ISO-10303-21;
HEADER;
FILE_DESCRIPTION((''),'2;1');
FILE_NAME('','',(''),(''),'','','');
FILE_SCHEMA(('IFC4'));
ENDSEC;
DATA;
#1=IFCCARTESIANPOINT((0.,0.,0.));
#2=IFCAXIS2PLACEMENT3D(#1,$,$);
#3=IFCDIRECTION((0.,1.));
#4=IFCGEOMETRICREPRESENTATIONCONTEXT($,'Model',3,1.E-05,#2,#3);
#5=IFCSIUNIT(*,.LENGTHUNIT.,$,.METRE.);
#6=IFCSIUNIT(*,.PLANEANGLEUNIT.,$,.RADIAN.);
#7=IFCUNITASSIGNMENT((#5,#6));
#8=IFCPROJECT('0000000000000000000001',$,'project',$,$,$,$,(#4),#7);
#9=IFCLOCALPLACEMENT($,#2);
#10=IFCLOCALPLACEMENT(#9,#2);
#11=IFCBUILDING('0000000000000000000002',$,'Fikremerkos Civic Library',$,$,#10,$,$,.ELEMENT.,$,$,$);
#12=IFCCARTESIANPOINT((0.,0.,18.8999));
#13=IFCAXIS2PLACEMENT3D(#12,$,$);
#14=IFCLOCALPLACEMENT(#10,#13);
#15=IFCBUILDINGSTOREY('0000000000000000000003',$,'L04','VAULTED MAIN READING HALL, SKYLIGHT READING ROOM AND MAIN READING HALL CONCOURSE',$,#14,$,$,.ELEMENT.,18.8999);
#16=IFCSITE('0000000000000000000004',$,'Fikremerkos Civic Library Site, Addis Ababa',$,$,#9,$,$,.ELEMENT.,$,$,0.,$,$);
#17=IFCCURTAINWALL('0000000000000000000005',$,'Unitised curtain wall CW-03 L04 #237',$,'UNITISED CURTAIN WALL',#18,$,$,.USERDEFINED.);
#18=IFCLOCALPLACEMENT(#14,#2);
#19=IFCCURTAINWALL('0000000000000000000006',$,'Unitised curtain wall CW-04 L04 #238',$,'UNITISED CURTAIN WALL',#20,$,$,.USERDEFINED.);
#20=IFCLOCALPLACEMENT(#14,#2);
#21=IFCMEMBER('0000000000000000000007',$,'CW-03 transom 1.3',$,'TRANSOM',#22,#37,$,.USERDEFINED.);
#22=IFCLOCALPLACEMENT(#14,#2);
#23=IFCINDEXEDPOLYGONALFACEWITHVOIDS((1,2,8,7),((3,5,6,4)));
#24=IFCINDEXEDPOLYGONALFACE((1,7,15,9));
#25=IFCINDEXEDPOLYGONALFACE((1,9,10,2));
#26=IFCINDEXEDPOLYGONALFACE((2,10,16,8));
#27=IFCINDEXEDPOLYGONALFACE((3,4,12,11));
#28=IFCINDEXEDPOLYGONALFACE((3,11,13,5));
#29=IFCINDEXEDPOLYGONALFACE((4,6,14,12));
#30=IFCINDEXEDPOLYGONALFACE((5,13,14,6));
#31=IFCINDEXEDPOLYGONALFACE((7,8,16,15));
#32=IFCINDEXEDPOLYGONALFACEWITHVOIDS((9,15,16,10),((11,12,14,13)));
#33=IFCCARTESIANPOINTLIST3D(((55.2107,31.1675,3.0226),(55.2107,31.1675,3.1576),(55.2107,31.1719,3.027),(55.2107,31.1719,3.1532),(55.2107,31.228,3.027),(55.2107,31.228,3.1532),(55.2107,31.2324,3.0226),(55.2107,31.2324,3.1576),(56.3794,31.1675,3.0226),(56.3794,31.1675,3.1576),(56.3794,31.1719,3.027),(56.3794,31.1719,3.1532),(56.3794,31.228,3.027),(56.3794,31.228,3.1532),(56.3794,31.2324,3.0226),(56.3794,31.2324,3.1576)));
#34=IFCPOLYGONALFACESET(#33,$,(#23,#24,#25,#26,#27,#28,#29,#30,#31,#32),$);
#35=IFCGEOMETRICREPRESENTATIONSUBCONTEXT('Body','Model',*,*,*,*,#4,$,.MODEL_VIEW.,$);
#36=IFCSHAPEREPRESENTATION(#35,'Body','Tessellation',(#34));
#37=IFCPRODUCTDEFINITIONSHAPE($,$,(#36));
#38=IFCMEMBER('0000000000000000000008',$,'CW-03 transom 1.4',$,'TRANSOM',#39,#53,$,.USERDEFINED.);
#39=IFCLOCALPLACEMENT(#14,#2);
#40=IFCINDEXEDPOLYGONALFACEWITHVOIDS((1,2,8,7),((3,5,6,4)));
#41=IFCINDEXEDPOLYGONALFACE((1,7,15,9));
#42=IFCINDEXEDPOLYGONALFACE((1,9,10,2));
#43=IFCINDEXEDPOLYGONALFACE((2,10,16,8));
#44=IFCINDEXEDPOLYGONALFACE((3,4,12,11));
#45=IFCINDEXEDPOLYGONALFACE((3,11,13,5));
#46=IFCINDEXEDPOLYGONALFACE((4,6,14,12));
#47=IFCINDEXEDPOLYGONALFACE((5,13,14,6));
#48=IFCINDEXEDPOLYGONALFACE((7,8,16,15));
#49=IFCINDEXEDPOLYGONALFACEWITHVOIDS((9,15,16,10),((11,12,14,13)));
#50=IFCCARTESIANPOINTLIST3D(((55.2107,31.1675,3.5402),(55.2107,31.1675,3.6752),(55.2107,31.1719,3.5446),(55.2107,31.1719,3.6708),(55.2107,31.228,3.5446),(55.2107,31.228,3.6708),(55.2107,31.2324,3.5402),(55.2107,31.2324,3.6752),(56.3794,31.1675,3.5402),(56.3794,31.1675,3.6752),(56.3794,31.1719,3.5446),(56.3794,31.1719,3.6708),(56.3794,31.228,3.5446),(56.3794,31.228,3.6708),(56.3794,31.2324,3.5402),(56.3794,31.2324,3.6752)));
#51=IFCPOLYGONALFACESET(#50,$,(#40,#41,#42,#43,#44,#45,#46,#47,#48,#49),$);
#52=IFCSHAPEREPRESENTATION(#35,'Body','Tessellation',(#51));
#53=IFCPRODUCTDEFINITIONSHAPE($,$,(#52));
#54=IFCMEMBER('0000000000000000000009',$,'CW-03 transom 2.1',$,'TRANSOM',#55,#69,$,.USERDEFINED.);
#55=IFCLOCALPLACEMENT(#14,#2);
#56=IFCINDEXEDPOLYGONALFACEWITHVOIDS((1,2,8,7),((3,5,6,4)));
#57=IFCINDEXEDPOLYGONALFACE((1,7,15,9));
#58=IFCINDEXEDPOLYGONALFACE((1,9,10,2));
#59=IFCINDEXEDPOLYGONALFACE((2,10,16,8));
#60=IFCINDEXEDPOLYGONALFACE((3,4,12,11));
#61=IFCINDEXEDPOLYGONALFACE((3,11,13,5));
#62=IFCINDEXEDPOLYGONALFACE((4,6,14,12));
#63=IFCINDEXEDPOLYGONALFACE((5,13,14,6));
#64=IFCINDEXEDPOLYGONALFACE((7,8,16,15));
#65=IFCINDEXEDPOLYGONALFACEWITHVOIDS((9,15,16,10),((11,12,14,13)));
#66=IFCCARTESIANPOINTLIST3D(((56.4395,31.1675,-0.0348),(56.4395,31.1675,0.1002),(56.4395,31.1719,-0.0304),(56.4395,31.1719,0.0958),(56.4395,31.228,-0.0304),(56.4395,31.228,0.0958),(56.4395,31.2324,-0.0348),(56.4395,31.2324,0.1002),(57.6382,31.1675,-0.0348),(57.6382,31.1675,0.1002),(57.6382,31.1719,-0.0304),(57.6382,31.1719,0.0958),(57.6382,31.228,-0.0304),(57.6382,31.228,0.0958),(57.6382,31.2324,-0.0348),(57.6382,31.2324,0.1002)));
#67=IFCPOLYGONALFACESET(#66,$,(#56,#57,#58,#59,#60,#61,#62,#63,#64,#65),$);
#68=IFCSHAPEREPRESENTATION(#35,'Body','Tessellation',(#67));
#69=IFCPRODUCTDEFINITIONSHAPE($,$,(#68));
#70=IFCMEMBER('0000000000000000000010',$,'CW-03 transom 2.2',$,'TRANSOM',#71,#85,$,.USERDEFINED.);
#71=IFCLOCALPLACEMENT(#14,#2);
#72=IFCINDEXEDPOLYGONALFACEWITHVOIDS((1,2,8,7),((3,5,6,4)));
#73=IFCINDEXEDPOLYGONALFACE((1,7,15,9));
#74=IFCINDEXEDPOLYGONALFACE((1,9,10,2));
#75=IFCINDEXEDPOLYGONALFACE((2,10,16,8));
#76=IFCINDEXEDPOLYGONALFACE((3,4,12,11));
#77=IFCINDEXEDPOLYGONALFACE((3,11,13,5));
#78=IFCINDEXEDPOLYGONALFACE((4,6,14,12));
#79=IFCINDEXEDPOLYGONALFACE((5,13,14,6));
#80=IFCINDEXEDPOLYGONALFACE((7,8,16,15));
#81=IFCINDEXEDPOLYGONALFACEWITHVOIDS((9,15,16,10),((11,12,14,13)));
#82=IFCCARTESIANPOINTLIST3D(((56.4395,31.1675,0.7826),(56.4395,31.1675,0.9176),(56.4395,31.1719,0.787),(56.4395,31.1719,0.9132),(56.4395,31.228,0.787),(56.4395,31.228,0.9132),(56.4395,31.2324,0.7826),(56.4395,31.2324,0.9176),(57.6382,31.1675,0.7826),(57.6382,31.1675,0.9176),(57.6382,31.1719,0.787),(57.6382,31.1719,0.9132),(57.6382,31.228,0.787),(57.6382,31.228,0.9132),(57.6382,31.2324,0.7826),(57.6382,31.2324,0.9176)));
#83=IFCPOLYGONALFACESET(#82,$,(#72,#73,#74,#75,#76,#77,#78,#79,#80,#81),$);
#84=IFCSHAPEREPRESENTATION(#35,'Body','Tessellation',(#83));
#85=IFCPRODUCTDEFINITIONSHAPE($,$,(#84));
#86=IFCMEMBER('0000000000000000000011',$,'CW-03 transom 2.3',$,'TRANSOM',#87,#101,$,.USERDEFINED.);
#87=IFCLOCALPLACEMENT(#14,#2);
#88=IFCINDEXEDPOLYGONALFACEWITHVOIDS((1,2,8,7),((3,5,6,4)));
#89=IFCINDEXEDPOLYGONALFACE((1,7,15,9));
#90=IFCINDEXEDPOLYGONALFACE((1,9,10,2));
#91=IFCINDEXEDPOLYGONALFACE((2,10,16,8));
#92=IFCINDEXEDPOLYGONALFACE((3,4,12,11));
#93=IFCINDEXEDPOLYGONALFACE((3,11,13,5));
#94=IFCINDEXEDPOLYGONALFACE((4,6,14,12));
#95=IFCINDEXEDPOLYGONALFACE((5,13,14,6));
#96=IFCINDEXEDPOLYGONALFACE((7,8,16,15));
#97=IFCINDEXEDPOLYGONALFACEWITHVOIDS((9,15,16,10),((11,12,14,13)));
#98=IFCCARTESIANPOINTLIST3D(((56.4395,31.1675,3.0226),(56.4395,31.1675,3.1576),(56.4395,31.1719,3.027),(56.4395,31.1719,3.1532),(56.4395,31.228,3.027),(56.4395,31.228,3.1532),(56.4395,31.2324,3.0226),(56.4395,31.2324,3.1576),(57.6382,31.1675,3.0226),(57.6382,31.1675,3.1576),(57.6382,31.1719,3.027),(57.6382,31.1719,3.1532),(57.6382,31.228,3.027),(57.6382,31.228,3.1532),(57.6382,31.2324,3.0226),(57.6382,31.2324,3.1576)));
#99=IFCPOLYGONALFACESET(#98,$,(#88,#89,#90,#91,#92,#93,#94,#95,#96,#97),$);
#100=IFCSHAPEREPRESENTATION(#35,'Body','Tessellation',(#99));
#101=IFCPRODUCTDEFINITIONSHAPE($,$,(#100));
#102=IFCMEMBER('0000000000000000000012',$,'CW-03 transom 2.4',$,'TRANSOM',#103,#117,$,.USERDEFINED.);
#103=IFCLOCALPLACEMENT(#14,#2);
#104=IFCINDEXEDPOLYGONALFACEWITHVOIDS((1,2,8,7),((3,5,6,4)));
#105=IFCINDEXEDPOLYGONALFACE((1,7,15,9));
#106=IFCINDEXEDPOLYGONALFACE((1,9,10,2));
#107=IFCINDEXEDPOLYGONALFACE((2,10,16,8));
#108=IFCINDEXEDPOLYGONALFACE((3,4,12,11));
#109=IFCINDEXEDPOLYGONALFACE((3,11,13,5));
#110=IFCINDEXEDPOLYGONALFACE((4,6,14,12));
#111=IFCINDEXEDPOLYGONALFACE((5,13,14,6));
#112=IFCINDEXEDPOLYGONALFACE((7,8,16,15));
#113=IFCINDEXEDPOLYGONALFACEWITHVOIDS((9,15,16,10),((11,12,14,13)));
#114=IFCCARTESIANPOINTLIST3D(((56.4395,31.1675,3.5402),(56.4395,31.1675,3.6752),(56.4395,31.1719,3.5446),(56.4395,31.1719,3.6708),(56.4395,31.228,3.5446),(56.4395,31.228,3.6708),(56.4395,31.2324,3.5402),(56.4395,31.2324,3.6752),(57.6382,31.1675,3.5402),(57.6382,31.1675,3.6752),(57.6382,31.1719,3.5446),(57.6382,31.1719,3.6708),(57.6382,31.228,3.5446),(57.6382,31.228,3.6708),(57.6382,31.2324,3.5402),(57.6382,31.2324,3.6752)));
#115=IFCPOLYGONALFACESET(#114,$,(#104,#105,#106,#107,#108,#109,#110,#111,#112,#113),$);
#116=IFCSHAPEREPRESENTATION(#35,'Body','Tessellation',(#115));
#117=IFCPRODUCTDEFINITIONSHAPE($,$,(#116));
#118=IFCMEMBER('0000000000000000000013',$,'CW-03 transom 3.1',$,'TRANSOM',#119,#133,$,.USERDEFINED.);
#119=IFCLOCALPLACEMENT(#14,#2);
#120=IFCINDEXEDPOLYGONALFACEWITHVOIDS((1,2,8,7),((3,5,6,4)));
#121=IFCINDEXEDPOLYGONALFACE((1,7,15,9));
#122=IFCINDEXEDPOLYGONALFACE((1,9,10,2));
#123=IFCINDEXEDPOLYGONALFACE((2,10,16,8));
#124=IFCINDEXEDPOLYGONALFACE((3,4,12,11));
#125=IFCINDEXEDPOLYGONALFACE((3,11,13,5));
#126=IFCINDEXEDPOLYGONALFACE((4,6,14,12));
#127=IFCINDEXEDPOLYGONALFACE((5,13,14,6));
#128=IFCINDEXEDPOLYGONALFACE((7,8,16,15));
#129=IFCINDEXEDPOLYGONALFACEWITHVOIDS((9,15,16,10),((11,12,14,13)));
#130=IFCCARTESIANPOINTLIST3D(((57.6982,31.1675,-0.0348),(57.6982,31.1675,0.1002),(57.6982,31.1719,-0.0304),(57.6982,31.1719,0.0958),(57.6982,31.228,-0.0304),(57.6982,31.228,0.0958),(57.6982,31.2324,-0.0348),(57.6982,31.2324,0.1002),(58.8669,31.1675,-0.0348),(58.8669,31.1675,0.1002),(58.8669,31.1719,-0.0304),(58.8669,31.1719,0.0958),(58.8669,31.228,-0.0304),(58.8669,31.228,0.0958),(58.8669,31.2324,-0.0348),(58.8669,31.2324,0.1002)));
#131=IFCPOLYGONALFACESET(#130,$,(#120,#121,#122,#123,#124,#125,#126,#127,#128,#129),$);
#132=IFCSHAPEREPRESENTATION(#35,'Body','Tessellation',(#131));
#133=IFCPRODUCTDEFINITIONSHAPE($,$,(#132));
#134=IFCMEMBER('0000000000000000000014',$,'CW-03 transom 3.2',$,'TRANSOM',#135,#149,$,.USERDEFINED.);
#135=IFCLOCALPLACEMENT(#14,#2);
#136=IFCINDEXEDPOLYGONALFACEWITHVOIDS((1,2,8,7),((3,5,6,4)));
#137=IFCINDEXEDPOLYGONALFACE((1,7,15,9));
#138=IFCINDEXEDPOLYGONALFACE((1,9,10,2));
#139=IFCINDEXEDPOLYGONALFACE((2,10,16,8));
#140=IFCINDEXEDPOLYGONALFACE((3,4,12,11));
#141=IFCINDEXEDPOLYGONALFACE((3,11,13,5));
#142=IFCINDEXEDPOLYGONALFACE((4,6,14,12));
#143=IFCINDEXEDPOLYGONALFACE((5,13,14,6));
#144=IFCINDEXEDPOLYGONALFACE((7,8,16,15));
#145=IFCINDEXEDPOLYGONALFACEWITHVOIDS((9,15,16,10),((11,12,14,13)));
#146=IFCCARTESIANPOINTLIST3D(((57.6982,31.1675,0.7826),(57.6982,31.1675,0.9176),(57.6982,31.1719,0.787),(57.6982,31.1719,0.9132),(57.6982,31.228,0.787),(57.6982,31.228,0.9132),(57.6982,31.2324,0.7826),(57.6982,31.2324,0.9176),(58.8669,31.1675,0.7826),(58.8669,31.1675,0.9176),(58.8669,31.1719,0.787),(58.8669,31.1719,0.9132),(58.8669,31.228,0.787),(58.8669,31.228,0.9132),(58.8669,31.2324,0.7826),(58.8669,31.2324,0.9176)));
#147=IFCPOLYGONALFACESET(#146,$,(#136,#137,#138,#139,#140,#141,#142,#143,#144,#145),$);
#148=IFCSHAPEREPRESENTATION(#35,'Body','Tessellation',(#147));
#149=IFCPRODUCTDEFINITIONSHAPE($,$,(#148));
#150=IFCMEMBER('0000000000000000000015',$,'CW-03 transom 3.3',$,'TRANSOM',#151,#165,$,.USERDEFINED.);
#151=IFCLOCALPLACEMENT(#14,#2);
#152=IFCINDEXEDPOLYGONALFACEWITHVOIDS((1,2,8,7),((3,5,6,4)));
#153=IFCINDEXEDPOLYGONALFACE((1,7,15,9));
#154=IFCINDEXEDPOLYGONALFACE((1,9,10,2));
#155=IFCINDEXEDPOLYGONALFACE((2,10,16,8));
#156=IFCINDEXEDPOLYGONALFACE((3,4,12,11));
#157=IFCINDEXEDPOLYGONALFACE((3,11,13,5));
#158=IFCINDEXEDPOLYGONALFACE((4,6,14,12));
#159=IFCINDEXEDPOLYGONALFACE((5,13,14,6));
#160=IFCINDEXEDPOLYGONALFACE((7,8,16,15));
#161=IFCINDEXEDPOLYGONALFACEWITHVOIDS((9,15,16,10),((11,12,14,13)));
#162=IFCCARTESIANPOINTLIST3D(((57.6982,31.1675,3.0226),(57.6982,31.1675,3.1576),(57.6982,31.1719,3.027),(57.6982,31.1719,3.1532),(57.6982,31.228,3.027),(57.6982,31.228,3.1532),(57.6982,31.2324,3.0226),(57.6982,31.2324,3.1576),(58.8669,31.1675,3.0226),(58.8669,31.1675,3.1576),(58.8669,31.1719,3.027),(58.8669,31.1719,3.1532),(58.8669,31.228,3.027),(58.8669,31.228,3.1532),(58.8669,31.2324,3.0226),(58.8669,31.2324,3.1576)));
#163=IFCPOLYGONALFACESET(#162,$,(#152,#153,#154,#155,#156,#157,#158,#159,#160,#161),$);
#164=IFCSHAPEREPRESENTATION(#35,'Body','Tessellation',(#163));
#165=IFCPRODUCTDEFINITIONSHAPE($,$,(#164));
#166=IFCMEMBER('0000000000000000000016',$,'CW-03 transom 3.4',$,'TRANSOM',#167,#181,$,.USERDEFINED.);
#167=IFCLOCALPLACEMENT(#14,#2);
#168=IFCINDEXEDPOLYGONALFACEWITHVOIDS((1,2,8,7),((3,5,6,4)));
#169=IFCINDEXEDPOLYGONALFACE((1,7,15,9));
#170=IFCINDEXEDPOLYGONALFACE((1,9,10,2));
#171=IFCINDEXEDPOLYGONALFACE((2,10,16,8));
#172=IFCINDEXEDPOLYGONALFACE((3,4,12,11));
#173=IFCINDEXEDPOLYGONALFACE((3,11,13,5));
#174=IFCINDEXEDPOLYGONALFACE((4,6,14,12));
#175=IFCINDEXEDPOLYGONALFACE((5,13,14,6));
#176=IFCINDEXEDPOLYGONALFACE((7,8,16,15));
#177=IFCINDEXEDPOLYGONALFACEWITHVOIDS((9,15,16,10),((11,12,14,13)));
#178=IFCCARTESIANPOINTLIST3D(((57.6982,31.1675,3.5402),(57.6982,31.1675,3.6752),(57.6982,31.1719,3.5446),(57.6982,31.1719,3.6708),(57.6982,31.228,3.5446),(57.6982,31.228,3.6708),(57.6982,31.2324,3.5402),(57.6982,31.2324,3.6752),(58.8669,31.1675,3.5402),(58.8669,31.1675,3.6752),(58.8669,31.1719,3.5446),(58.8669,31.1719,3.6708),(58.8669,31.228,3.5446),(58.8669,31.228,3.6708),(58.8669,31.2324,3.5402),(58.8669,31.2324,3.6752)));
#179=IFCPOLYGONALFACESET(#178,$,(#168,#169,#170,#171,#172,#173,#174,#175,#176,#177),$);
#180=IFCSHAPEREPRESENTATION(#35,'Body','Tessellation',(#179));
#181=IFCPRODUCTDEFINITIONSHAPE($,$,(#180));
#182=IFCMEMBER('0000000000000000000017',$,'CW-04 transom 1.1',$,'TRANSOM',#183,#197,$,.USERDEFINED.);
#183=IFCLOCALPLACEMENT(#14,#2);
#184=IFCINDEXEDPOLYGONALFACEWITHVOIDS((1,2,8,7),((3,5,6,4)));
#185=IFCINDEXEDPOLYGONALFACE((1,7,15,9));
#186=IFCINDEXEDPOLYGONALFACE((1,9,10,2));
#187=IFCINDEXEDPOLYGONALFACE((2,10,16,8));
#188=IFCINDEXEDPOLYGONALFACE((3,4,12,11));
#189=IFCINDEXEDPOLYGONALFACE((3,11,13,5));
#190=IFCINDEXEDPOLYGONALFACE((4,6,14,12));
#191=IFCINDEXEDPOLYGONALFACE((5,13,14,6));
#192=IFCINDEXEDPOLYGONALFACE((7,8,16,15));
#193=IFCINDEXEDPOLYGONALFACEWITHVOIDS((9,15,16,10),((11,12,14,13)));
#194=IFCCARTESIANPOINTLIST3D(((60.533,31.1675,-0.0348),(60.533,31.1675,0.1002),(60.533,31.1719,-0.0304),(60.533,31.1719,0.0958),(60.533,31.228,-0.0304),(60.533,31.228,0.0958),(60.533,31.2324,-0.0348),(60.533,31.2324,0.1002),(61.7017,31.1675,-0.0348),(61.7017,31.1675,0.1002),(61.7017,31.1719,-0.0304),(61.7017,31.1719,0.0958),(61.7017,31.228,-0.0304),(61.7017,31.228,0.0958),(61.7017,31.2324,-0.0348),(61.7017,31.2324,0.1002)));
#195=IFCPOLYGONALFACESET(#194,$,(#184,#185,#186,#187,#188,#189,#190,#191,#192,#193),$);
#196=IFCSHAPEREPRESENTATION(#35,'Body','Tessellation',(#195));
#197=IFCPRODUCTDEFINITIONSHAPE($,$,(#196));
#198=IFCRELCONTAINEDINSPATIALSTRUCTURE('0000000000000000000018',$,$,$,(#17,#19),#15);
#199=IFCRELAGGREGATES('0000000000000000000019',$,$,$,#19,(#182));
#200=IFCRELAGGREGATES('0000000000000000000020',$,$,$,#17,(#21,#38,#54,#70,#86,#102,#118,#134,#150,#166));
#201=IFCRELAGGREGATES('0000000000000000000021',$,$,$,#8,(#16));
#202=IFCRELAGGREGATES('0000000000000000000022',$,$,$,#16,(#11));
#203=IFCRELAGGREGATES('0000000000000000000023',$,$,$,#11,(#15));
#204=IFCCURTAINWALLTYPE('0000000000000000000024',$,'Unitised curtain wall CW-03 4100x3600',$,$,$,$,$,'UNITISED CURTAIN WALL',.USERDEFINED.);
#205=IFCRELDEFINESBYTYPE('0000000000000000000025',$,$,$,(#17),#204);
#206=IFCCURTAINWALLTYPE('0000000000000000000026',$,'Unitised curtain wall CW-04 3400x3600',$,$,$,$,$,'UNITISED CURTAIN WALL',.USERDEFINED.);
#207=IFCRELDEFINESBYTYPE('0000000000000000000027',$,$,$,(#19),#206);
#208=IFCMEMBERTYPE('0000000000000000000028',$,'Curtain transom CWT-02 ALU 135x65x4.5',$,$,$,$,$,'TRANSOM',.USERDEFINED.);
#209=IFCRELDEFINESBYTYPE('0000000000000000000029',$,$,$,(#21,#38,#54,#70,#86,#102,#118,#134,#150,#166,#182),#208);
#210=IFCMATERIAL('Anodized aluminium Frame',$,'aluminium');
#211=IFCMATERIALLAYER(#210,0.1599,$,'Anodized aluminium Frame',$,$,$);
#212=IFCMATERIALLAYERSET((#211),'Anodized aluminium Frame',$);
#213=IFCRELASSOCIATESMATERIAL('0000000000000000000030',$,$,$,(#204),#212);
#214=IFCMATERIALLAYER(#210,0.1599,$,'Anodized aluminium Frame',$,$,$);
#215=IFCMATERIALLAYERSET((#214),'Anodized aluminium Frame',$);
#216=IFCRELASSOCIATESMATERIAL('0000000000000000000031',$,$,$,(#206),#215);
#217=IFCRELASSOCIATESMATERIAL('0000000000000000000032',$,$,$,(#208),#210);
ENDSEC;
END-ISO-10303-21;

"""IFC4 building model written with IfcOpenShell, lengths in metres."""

from ifc_helpers import new_model, si_unit, direction, frame, origin, origin_2d, place, context, subcontext, project, spatial, hollow_rectangle, extrude, material, layer, layer_set, material_profile, profile_set, type_object, element, aggregate, save


model = new_model("IFC4")

# Units and contexts
model_context = context("Model", 3, precision=1e-05, world=origin(), true_north=direction((0.0, 1.0)))
body_context = subcontext(model_context, "Body", "Model", "MODEL_VIEW")
ifc_project = project(units=[si_unit("LENGTHUNIT", "METRE"), si_unit("PLANEANGLEUNIT", "RADIAN")], contexts=[model_context])

# Site, building, storey
site_placement = place(None, origin())
site = spatial("IfcSite", under=ifc_project, at=site_placement, Name="Fikremerkos Civic Library Site, Addis Ababa", CompositionType="ELEMENT", RefElevation=0.0)
building_placement = place(site_placement, origin())
building = spatial("IfcBuilding", under=site, at=building_placement, Name="Fikremerkos Civic Library", CompositionType="ELEMENT")
storey_placement = place(building_placement, frame((0.0, 0.0, 18.8999)))
storey = spatial("IfcBuildingStorey", under=building, at=storey_placement, Name="L04", Description="VAULTED MAIN READING HALL, SKYLIGHT READING ROOM AND MAIN READING HALL CONCOURSE", CompositionType="ELEMENT", Elevation=18.8999)

# Shared definitions
ifc_material_1 = material(Name="Anodized aluminium Frame", Category="aluminium")

# Curtain wall
ifc_layer_1 = layer(ifc_material_1, 0.1599, Name="Anodized aluminium Frame")
ifc_layer_set_1 = layer_set([ifc_layer_1], Name="Anodized aluminium Frame")
curtain_wall_type_1 = type_object("IfcCurtainWallType", Name="Unitised curtain wall CW-03 4100x3600", ElementType="UNITISED CURTAIN WALL", PredefinedType="USERDEFINED", material=ifc_layer_set_1)
curtain_wall_1_placement = place(storey_placement, origin())
curtain_wall_1 = element("IfcCurtainWall", 1, at=curtain_wall_1_placement, inside=storey, type_object=curtain_wall_type_1, Name="Unitised curtain wall CW-03 L04 #237", ObjectType="UNITISED CURTAIN WALL", PredefinedType="USERDEFINED")

# Curtain wall
ifc_layer_2 = layer(ifc_material_1, 0.1599, Name="Anodized aluminium Frame")
ifc_layer_set_2 = layer_set([ifc_layer_2], Name="Anodized aluminium Frame")
curtain_wall_type_2 = type_object("IfcCurtainWallType", Name="Unitised curtain wall CW-04 3400x3600", ElementType="UNITISED CURTAIN WALL", PredefinedType="USERDEFINED", material=ifc_layer_set_2)
curtain_wall_2_placement = place(storey_placement, origin())
curtain_wall_2 = element("IfcCurtainWall", 2, at=curtain_wall_2_placement, inside=storey, type_object=curtain_wall_type_2, Name="Unitised curtain wall CW-04 L04 #238", ObjectType="UNITISED CURTAIN WALL", PredefinedType="USERDEFINED")

# Members
ifc_material_profile_1 = material_profile(ifc_material_1, hollow_rectangle(XDim=0.0649, YDim=0.135, WallThickness=0.0044, at=origin_2d()), Name="ALU 135x65x4.5")
ifc_profile_set_1 = profile_set([ifc_material_profile_1], Name="Anodized aluminium Frame")
member_type_1 = type_object("IfcMemberType", Name="Curtain transom CWT-02 ALU 135x65x4.5", ElementType="TRANSOM", PredefinedType="USERDEFINED", material=ifc_profile_set_1)
member_1_placement = place(storey_placement, frame((55.2107, 31.2, 3.0901), z_axis=(1.0, 0.0, 0.0), x_axis=(0.0, 1.0, 0.0)))
member_1 = element("IfcMember", 3, at=member_1_placement, type_object=member_type_1, Name="CW-03 transom 1.3", ObjectType="TRANSOM", PredefinedType="USERDEFINED", context=body_context, shape_type="SweptSolid", body=[
    extrude(hollow_rectangle(XDim=0.0649, YDim=0.135, WallThickness=0.0044, at=origin_2d()), origin(), (0.0, 0.0, 1.0), 1.1687),
])
member_2_placement = place(storey_placement, frame((55.2107, 31.2, 3.6077), z_axis=(1.0, 0.0, 0.0), x_axis=(0.0, 1.0, 0.0)))
member_2 = element("IfcMember", 4, at=member_2_placement, type_object=member_type_1, Name="CW-03 transom 1.4", ObjectType="TRANSOM", PredefinedType="USERDEFINED", context=body_context, shape_type="SweptSolid", body=[
    extrude(hollow_rectangle(XDim=0.0649, YDim=0.135, WallThickness=0.0044, at=origin_2d()), origin(), (0.0, 0.0, 1.0), 1.1687),
])
member_3_placement = place(storey_placement, frame((56.4395, 31.2, 0.0327), z_axis=(1.0, 0.0, 0.0), x_axis=(0.0, 1.0, 0.0)))
member_3 = element("IfcMember", 5, at=member_3_placement, type_object=member_type_1, Name="CW-03 transom 2.1", ObjectType="TRANSOM", PredefinedType="USERDEFINED", context=body_context, shape_type="SweptSolid", body=[
    extrude(hollow_rectangle(XDim=0.0649, YDim=0.135, WallThickness=0.0044, at=origin_2d()), origin(), (0.0, 0.0, 1.0), 1.1987),
])
member_4_placement = place(storey_placement, frame((56.4395, 31.2, 0.8501), z_axis=(1.0, 0.0, 0.0), x_axis=(0.0, 1.0, 0.0)))
member_4 = element("IfcMember", 6, at=member_4_placement, type_object=member_type_1, Name="CW-03 transom 2.2", ObjectType="TRANSOM", PredefinedType="USERDEFINED", context=body_context, shape_type="SweptSolid", body=[
    extrude(hollow_rectangle(XDim=0.0649, YDim=0.135, WallThickness=0.0044, at=origin_2d()), origin(), (0.0, 0.0, 1.0), 1.1987),
])
member_5_placement = place(storey_placement, frame((56.4395, 31.2, 3.0901), z_axis=(1.0, 0.0, 0.0), x_axis=(0.0, 1.0, 0.0)))
member_5 = element("IfcMember", 7, at=member_5_placement, type_object=member_type_1, Name="CW-03 transom 2.3", ObjectType="TRANSOM", PredefinedType="USERDEFINED", context=body_context, shape_type="SweptSolid", body=[
    extrude(hollow_rectangle(XDim=0.0649, YDim=0.135, WallThickness=0.0044, at=origin_2d()), origin(), (0.0, 0.0, 1.0), 1.1987),
])
member_6_placement = place(storey_placement, frame((56.4395, 31.2, 3.6077), z_axis=(1.0, 0.0, 0.0), x_axis=(0.0, 1.0, 0.0)))
member_6 = element("IfcMember", 8, at=member_6_placement, type_object=member_type_1, Name="CW-03 transom 2.4", ObjectType="TRANSOM", PredefinedType="USERDEFINED", context=body_context, shape_type="SweptSolid", body=[
    extrude(hollow_rectangle(XDim=0.0649, YDim=0.135, WallThickness=0.0044, at=origin_2d()), origin(), (0.0, 0.0, 1.0), 1.1987),
])
member_7_placement = place(storey_placement, frame((57.6982, 31.2, 0.0327), z_axis=(1.0, 0.0, 0.0), x_axis=(0.0, 1.0, 0.0)))
member_7 = element("IfcMember", 9, at=member_7_placement, type_object=member_type_1, Name="CW-03 transom 3.1", ObjectType="TRANSOM", PredefinedType="USERDEFINED", context=body_context, shape_type="SweptSolid", body=[
    extrude(hollow_rectangle(XDim=0.0649, YDim=0.135, WallThickness=0.0044, at=origin_2d()), origin(), (0.0, 0.0, 1.0), 1.1687),
])
member_8_placement = place(storey_placement, frame((57.6982, 31.2, 0.8501), z_axis=(1.0, 0.0, 0.0), x_axis=(0.0, 1.0, 0.0)))
member_8 = element("IfcMember", 10, at=member_8_placement, type_object=member_type_1, Name="CW-03 transom 3.2", ObjectType="TRANSOM", PredefinedType="USERDEFINED", context=body_context, shape_type="SweptSolid", body=[
    extrude(hollow_rectangle(XDim=0.0649, YDim=0.135, WallThickness=0.0044, at=origin_2d()), origin(), (0.0, 0.0, 1.0), 1.1687),
])
member_9_placement = place(storey_placement, frame((57.6982, 31.2, 3.0901), z_axis=(1.0, 0.0, 0.0), x_axis=(0.0, 1.0, 0.0)))
member_9 = element("IfcMember", 11, at=member_9_placement, type_object=member_type_1, Name="CW-03 transom 3.3", ObjectType="TRANSOM", PredefinedType="USERDEFINED", context=body_context, shape_type="SweptSolid", body=[
    extrude(hollow_rectangle(XDim=0.0649, YDim=0.135, WallThickness=0.0044, at=origin_2d()), origin(), (0.0, 0.0, 1.0), 1.1687),
])
member_10_placement = place(storey_placement, frame((57.6982, 31.2, 3.6077), z_axis=(1.0, 0.0, 0.0), x_axis=(0.0, 1.0, 0.0)))
member_10 = element("IfcMember", 12, at=member_10_placement, type_object=member_type_1, Name="CW-03 transom 3.4", ObjectType="TRANSOM", PredefinedType="USERDEFINED", context=body_context, shape_type="SweptSolid", body=[
    extrude(hollow_rectangle(XDim=0.0649, YDim=0.135, WallThickness=0.0044, at=origin_2d()), origin(), (0.0, 0.0, 1.0), 1.1687),
])
member_11_placement = place(storey_placement, frame((60.533, 31.2, 0.0327), z_axis=(1.0, 0.0, 0.0), x_axis=(0.0, 1.0, 0.0)))
member_11 = element("IfcMember", 13, at=member_11_placement, type_object=member_type_1, Name="CW-04 transom 1.1", ObjectType="TRANSOM", PredefinedType="USERDEFINED", context=body_context, shape_type="SweptSolid", body=[
    extrude(hollow_rectangle(XDim=0.0649, YDim=0.135, WallThickness=0.0044, at=origin_2d()), origin(), (0.0, 0.0, 1.0), 1.1687),
])
aggregate(curtain_wall_2, [member_11])

aggregate(curtain_wall_1, [member_1, member_2, member_3, member_4, member_5, member_6, member_7, member_8, member_9, member_10])

save(model, "model.ifc")
